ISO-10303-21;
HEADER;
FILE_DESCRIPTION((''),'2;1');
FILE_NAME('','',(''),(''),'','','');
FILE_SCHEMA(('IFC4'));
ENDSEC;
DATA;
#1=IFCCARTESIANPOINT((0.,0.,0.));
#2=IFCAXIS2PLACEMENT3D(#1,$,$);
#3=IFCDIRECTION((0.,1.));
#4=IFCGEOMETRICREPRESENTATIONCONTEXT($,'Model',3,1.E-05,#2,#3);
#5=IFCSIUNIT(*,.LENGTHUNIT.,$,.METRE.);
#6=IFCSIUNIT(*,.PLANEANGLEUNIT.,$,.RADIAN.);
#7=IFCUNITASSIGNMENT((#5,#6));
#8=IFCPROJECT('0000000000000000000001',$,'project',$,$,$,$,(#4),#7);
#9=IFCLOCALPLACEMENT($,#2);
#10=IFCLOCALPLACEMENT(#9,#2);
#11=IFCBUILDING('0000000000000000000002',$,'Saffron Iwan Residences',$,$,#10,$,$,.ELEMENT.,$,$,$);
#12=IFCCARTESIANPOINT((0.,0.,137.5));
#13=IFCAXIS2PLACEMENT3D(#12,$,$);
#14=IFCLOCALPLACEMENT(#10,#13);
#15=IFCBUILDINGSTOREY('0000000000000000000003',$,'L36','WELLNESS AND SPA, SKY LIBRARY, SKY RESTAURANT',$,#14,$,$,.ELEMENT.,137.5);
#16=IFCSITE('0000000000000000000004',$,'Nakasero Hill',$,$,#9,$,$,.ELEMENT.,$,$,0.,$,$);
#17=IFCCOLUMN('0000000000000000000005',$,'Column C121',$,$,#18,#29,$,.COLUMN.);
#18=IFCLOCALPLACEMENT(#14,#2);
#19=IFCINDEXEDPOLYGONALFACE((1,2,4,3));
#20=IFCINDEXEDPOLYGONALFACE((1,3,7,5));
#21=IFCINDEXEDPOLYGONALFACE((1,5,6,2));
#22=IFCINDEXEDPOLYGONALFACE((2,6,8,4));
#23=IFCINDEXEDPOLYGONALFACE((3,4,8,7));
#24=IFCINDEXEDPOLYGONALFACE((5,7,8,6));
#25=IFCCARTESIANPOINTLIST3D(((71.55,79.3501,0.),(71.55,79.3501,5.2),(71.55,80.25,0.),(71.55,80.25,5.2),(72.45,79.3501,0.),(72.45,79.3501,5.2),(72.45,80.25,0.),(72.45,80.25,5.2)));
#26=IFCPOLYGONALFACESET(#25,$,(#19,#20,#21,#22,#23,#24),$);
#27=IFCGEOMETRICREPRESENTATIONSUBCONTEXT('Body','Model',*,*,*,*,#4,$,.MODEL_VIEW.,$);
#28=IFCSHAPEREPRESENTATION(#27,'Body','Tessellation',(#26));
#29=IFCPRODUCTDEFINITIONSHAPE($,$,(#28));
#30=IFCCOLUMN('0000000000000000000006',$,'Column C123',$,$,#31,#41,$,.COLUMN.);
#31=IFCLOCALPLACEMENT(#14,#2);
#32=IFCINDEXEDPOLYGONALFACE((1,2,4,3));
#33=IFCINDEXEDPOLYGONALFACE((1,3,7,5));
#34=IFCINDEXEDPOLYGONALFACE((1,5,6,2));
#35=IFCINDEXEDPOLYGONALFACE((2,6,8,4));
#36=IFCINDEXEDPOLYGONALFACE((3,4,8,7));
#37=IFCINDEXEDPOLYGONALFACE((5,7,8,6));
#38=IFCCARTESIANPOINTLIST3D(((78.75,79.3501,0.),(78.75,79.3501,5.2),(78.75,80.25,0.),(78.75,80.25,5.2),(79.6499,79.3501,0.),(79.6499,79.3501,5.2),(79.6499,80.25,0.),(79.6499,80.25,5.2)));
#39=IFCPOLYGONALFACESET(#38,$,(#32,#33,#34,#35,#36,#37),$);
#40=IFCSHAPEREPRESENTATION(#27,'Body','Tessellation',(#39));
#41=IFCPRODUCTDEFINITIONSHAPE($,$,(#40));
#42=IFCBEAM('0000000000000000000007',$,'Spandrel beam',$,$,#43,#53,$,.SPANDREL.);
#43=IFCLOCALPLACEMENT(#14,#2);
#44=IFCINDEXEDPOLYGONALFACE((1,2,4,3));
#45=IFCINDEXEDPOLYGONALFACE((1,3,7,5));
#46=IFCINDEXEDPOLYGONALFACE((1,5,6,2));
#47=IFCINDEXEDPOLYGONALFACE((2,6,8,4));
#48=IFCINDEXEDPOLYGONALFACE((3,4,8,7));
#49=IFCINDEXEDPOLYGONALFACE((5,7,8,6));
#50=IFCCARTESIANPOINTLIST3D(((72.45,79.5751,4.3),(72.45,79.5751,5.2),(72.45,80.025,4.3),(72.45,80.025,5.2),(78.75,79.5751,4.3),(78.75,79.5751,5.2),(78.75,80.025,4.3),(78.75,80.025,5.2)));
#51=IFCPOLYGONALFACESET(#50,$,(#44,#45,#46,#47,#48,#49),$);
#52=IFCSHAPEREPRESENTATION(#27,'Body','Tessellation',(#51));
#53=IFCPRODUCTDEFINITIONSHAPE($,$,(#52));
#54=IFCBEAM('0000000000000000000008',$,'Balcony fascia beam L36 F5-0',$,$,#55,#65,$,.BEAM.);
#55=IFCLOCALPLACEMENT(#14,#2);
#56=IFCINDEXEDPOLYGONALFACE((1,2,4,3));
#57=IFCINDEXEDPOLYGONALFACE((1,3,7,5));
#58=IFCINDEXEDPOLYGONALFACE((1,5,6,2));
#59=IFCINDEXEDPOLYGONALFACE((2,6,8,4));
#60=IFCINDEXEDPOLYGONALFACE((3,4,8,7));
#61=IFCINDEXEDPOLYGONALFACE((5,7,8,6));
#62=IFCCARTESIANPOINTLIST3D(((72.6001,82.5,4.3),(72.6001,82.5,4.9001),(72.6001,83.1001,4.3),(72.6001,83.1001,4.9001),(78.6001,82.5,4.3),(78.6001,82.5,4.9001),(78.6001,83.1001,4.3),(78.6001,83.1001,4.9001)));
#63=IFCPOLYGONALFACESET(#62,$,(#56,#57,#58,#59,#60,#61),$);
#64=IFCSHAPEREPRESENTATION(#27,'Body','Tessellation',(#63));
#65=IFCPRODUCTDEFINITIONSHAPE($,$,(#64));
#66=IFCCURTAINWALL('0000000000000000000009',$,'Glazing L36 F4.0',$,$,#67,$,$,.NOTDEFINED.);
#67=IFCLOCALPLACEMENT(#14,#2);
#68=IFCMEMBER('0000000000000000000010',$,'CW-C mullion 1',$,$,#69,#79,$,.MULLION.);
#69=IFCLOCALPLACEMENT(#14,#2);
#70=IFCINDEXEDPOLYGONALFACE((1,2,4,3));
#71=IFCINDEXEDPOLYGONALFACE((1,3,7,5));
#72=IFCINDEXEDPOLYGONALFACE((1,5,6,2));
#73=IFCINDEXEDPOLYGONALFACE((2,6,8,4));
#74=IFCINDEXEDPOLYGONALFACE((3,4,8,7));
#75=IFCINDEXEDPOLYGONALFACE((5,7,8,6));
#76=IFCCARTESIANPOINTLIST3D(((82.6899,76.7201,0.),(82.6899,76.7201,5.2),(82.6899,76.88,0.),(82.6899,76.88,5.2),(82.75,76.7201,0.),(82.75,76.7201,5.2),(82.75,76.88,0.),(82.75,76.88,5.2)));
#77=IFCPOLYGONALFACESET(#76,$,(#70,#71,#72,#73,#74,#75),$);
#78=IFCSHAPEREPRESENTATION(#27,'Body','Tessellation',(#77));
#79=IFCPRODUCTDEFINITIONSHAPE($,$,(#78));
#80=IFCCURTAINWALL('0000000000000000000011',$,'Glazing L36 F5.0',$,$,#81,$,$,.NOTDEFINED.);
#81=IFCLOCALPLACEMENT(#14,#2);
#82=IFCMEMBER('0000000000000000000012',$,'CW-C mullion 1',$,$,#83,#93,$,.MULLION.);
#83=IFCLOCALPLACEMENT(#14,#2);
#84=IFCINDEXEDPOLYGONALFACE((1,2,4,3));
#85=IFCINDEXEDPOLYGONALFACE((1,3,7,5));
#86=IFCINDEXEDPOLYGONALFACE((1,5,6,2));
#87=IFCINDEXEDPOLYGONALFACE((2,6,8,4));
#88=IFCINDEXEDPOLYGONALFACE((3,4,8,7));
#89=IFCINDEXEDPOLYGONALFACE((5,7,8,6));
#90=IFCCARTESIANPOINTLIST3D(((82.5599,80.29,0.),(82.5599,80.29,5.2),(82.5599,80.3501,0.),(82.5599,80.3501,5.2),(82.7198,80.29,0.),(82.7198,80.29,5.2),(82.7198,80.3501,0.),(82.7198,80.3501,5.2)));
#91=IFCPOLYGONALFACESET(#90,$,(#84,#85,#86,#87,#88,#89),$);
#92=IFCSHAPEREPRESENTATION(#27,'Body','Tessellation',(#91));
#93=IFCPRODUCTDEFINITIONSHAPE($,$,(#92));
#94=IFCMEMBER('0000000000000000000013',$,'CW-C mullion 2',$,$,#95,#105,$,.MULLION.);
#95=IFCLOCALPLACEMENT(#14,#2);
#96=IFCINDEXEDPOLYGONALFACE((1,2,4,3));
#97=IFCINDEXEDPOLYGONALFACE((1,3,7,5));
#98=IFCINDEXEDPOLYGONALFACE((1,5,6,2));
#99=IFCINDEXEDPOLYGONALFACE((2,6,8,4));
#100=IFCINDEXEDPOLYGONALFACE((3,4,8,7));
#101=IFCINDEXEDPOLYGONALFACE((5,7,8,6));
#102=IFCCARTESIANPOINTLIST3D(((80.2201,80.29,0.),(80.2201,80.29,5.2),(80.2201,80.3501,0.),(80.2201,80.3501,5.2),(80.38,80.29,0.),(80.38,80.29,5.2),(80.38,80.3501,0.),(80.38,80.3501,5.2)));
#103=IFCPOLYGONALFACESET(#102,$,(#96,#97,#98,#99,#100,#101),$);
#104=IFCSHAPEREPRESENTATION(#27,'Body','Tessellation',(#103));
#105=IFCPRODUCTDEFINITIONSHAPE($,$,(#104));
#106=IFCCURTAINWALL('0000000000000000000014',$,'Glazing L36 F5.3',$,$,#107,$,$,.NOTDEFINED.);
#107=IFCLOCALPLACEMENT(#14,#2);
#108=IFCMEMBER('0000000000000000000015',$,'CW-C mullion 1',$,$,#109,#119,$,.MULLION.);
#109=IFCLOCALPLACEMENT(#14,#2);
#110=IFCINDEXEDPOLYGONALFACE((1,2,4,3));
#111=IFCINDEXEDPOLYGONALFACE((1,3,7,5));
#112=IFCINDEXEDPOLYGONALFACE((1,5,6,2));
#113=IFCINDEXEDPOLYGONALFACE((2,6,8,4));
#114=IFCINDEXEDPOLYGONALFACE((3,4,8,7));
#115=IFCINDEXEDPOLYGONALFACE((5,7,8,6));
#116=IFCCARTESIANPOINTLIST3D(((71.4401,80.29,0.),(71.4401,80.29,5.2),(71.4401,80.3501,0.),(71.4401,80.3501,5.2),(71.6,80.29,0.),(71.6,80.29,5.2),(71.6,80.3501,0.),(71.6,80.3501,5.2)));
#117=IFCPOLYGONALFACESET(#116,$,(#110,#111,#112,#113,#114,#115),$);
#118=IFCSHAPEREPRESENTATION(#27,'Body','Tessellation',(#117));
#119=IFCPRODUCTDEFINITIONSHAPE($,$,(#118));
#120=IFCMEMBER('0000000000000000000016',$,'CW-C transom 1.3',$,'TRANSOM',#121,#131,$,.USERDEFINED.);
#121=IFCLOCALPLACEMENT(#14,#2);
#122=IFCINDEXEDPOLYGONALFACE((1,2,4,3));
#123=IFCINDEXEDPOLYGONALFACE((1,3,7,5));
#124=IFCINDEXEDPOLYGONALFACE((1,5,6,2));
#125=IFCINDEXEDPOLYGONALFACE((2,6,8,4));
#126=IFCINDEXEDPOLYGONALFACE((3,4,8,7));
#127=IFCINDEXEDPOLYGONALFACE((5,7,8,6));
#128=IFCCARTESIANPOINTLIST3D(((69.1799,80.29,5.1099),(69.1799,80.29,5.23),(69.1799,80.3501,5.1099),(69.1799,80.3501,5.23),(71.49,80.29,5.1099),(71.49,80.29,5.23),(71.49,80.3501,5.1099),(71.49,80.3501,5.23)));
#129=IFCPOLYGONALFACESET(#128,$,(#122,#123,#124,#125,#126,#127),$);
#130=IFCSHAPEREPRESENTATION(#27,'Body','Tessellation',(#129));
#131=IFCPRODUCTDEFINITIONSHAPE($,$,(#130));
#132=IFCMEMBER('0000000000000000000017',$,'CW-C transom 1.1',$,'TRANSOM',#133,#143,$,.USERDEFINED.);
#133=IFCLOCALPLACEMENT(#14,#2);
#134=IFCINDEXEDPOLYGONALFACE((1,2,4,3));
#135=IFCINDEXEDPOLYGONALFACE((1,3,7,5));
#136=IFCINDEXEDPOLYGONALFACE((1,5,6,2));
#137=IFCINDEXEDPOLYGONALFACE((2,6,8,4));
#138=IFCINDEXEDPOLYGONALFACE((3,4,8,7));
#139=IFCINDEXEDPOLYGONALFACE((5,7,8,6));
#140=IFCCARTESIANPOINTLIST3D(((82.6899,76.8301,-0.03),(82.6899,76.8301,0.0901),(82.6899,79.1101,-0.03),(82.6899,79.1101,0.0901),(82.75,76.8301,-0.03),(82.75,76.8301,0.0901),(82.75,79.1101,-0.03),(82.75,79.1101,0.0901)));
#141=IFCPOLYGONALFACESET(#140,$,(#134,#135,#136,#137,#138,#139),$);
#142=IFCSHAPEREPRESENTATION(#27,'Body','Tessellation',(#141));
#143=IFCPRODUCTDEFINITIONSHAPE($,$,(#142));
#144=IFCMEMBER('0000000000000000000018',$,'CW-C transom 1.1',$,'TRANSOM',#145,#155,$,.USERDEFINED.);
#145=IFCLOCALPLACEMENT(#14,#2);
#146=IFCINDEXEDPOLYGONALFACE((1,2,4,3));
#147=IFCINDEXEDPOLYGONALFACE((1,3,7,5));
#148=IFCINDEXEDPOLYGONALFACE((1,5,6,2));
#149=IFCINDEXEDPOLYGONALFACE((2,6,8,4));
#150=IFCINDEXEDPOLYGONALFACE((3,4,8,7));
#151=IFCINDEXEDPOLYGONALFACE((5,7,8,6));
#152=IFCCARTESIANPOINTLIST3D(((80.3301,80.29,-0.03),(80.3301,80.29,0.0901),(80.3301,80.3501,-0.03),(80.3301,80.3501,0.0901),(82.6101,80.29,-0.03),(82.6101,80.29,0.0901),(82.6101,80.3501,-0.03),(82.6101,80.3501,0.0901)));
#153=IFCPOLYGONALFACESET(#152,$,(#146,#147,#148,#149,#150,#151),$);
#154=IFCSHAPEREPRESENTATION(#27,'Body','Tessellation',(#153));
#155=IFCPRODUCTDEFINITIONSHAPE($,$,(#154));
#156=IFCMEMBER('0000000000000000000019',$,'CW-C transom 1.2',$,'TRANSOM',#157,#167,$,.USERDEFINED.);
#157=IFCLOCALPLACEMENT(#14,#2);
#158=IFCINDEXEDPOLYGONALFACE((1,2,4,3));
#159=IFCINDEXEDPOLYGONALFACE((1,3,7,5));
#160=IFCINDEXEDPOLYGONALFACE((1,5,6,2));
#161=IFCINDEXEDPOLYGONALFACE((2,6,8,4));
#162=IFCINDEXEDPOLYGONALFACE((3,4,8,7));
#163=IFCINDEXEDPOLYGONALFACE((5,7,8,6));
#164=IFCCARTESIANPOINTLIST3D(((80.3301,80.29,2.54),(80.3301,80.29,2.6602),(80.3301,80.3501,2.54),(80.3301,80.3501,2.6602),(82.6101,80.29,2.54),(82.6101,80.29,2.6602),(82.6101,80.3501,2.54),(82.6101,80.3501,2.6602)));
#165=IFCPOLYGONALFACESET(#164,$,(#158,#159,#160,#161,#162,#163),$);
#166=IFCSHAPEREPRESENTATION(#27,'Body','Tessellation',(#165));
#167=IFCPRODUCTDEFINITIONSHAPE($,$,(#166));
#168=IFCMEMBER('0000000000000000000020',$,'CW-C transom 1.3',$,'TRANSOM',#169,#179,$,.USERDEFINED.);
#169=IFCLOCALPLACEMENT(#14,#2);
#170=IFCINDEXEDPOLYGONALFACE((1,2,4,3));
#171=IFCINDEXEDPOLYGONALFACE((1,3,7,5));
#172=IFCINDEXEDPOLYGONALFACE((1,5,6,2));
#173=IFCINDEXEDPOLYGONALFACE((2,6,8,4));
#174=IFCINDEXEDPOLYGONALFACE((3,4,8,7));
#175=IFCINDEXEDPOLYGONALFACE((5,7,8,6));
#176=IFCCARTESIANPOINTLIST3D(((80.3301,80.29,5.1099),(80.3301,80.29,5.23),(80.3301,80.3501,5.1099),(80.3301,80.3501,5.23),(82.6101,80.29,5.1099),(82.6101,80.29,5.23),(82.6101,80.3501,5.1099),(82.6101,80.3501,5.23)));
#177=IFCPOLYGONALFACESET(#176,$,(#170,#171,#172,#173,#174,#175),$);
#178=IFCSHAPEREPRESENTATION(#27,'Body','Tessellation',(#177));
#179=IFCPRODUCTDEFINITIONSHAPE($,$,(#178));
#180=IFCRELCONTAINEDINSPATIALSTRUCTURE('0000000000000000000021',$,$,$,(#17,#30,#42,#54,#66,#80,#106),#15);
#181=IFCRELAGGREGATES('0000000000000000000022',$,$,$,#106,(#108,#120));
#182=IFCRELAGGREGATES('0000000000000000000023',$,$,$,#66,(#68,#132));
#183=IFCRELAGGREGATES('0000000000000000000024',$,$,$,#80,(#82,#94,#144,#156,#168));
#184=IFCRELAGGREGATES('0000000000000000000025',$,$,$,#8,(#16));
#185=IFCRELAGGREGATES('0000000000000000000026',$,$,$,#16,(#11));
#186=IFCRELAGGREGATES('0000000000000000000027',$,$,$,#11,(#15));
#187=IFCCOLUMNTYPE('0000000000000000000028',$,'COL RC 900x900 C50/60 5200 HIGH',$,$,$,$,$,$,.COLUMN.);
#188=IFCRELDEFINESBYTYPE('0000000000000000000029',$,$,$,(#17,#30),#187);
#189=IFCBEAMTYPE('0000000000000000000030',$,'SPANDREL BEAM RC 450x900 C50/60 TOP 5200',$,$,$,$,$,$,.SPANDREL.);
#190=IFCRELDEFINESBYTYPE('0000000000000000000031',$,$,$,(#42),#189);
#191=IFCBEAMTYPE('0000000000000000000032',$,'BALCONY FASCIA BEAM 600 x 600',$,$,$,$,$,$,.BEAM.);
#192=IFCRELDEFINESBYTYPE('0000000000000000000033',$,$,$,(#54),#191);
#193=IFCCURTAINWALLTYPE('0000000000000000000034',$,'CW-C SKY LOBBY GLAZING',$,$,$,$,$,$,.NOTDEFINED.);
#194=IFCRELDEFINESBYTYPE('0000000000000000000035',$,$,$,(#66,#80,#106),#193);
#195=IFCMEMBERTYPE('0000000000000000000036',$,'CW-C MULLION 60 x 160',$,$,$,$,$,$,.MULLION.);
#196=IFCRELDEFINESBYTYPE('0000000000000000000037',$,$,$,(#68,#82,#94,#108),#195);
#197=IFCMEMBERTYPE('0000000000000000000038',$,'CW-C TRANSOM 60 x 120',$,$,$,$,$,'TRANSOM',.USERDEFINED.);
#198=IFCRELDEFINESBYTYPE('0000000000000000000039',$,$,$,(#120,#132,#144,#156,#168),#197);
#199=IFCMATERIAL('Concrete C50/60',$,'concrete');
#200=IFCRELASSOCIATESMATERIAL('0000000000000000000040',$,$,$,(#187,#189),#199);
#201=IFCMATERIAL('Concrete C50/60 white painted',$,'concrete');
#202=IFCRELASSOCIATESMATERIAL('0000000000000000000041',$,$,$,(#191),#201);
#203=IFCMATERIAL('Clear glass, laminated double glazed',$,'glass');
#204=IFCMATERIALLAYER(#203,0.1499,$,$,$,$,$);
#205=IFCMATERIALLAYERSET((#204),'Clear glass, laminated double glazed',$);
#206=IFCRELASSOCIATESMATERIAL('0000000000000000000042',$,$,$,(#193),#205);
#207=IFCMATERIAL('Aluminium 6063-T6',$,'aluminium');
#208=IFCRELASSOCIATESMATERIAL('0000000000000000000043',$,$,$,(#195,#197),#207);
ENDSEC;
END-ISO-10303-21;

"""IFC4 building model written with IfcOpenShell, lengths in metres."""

from ifc_helpers import new_model, si_unit, direction, frame, origin, origin_2d, place, context, subcontext, project, spatial, rectangle, extrude, source, transform, mapped, material, layer, layer_set, material_profile, profile_set, type_object, element, aggregate, save


model = new_model("IFC4")

# Units and contexts
model_context = context("Model", 3, precision=1e-05, world=origin(), true_north=direction((0.0, 1.0)))
body_context = subcontext(model_context, "Body", "Model", "MODEL_VIEW")
ifc_project = project(units=[si_unit("LENGTHUNIT", "METRE"), si_unit("PLANEANGLEUNIT", "RADIAN")], contexts=[model_context])

# Site, building, storey
site_placement = place(None, origin())
site = spatial("IfcSite", under=ifc_project, at=site_placement, Name="Nakasero Hill", CompositionType="ELEMENT", RefElevation=0.0)
building_placement = place(site_placement, origin())
building = spatial("IfcBuilding", under=site, at=building_placement, Name="Saffron Iwan Residences", CompositionType="ELEMENT")
storey_placement = place(building_placement, frame((0.0, 0.0, 137.5)))
storey = spatial("IfcBuildingStorey", under=building, at=storey_placement, Name="L36", Description="WELLNESS AND SPA, SKY LIBRARY, SKY RESTAURANT", CompositionType="ELEMENT", Elevation=137.5)

# Columns
ifc_material_1 = material(Name="Concrete C50/60", Category="concrete")
ifc_material_profile_1 = material_profile(ifc_material_1, rectangle(XDim=0.8999, YDim=0.8999, at=origin_2d()), Name="RC 900x900")
ifc_profile_set_1 = profile_set([ifc_material_profile_1], Name="Concrete C50/60")
column_type = type_object("IfcColumnType", Name="COL RC 900x900 C50/60 5200 HIGH", PredefinedType="COLUMN", material=ifc_profile_set_1)
shared_shape_1 = source(origin(), body_context, "Body", "SweptSolid", [
    extrude(rectangle(XDim=0.8999, YDim=0.8999, at=origin_2d()), origin(), (0.0, 0.0, 1.0), 5.2),
])
for number, where, z_axis, x_axis, name in (
    (1, (72.0, 79.8, 0.0), (0.0, 0.0, 1.0), (1.0, 0.0, 0.0), "Column C121"),
    (2, (79.2, 79.8, 0.0), (0.0, 0.0, 1.0), (1.0, 0.0, 0.0), "Column C123"),
):
    element("IfcColumn", number, at=place(storey_placement, frame(where, z_axis=z_axis, x_axis=x_axis)), inside=storey, type_object=column_type, Name=name, PredefinedType="COLUMN", context=body_context, shape_type="MappedRepresentation", body=[
        mapped(shared_shape_1, transform((0.0, 0.0, 0.0))),
    ])

# Beams
ifc_material_profile_2 = material_profile(ifc_material_1, rectangle(XDim=0.45, YDim=0.8999, at=origin_2d()), Name="RC 450x900")
ifc_profile_set_2 = profile_set([ifc_material_profile_2], Name="Concrete C50/60")
beam_type_1 = type_object("IfcBeamType", Name="SPANDREL BEAM RC 450x900 C50/60 TOP 5200", PredefinedType="SPANDREL", material=ifc_profile_set_2)
shared_shape_2 = source(origin(), body_context, "Body", "SweptSolid", [
    extrude(rectangle(XDim=0.45, YDim=0.8999, at=origin_2d()), origin(), (0.0, 0.0, 1.0), 6.3),
])
beam_1_placement = place(storey_placement, frame((72.45, 79.8, 4.75), z_axis=(1.0, 0.0, 0.0), x_axis=(0.0, 1.0, 0.0)))
element("IfcBeam", 3, at=beam_1_placement, inside=storey, type_object=beam_type_1, Name="Spandrel beam", PredefinedType="SPANDREL", context=body_context, shape_type="MappedRepresentation", body=[
    mapped(shared_shape_2, transform((0.0, 0.0, 0.0))),
])
ifc_material_2 = material(Name="Concrete C50/60 white painted", Category="concrete")
ifc_material_profile_3 = material_profile(ifc_material_2, rectangle(XDim=0.6001, YDim=0.6001, at=origin_2d()), Name="BALCONY FASCIA BEAM 600 x 600")
ifc_profile_set_3 = profile_set([ifc_material_profile_3], Name="Concrete C50/60 white painted")
beam_type_2 = type_object("IfcBeamType", Name="BALCONY FASCIA BEAM 600 x 600", PredefinedType="BEAM", material=ifc_profile_set_3)
shared_shape_3 = source(origin(), body_context, "Body", "SweptSolid", [
    extrude(rectangle(XDim=0.6001, YDim=0.6001, at=origin_2d()), origin(), (0.0, 0.0, 1.0), 6.0),
])
beam_2_placement = place(storey_placement, frame((78.6001, 82.8, 4.6001), z_axis=(-1.0, 0.0, 0.0), x_axis=(0.0, -1.0, 0.0)))
element("IfcBeam", 4, at=beam_2_placement, inside=storey, type_object=beam_type_2, Name="Balcony fascia beam L36 F5-0", PredefinedType="BEAM", context=body_context, shape_type="MappedRepresentation", body=[
    mapped(shared_shape_3, transform((0.0, 0.0, 0.0))),
])

# Curtain wall, member
ifc_material_3 = material(Name="Clear glass, laminated double glazed", Category="glass")
ifc_layer_1 = layer(ifc_material_3, 0.1499)
ifc_layer_set_1 = layer_set([ifc_layer_1], Name="Clear glass, laminated double glazed")
curtain_wall_type = type_object("IfcCurtainWallType", Name="CW-C SKY LOBBY GLAZING", PredefinedType="NOTDEFINED", material=ifc_layer_set_1)
curtain_wall_1_placement = place(storey_placement, origin())
curtain_wall_1 = element("IfcCurtainWall", 5, at=curtain_wall_1_placement, inside=storey, type_object=curtain_wall_type, Name="Glazing L36 F4.0", PredefinedType="NOTDEFINED")
ifc_material_4 = material(Name="Aluminium 6063-T6", Category="aluminium")
ifc_material_profile_4 = material_profile(ifc_material_4, rectangle(XDim=0.0601, YDim=0.1599, at=origin_2d()), Name="CW-C MULLION 60 x 160")
ifc_profile_set_4 = profile_set([ifc_material_profile_4], Name="Aluminium 6063-T6")
member_type_1 = type_object("IfcMemberType", Name="CW-C MULLION 60 x 160", PredefinedType="MULLION", material=ifc_profile_set_4)
shared_shape_4 = source(origin(), body_context, "Body", "SweptSolid", [
    extrude(rectangle(XDim=0.0601, YDim=0.1599, at=origin_2d()), origin(), (0.0, 0.0, 1.0), 5.2),
])
member_1_placement = place(storey_placement, frame((82.72, 76.8, 0.0), z_axis=(0.0, 0.0, 1.0), x_axis=(-1.0, 0.0, 0.0)))
member_1 = element("IfcMember", 6, at=member_1_placement, type_object=member_type_1, Name="CW-C mullion 1", PredefinedType="MULLION", context=body_context, shape_type="MappedRepresentation", body=[
    mapped(shared_shape_4, transform((0.0, 0.0, 0.0))),
])

# Curtain walls, members
curtain_wall_2_placement = place(storey_placement, origin())
curtain_wall_2 = element("IfcCurtainWall", 7, at=curtain_wall_2_placement, inside=storey, type_object=curtain_wall_type, Name="Glazing L36 F5.0", PredefinedType="NOTDEFINED")
member_2_placement = place(storey_placement, frame((82.6399, 80.3201, 0.0), z_axis=(0.0, 0.0, 1.0), x_axis=(0.0, -1.0, 0.0)))
member_2 = element("IfcMember", 8, at=member_2_placement, type_object=member_type_1, Name="CW-C mullion 1", PredefinedType="MULLION", context=body_context, shape_type="MappedRepresentation", body=[
    mapped(shared_shape_4, transform((0.0, 0.0, 0.0))),
])
member_3_placement = place(storey_placement, frame((80.3, 80.3201, 0.0), z_axis=(0.0, 0.0, 1.0), x_axis=(0.0, -1.0, 0.0)))
member_3 = element("IfcMember", 9, at=member_3_placement, type_object=member_type_1, Name="CW-C mullion 2", PredefinedType="MULLION", context=body_context, shape_type="MappedRepresentation", body=[
    mapped(shared_shape_4, transform((0.0, 0.0, 0.0))),
])
curtain_wall_3_placement = place(storey_placement, origin())
curtain_wall_3 = element("IfcCurtainWall", 10, at=curtain_wall_3_placement, inside=storey, type_object=curtain_wall_type, Name="Glazing L36 F5.3", PredefinedType="NOTDEFINED")
member_4_placement = place(storey_placement, frame((71.52, 80.3201, 0.0), z_axis=(0.0, 0.0, 1.0), x_axis=(0.0, -1.0, 0.0)))
member_4 = element("IfcMember", 11, at=member_4_placement, type_object=member_type_1, Name="CW-C mullion 1", PredefinedType="MULLION", context=body_context, shape_type="MappedRepresentation", body=[
    mapped(shared_shape_4, transform((0.0, 0.0, 0.0))),
])
ifc_material_profile_5 = material_profile(ifc_material_4, rectangle(XDim=0.0601, YDim=0.1201, at=origin_2d()), Name="CW-C TRANSOM 60 x 120")
ifc_profile_set_5 = profile_set([ifc_material_profile_5], Name="Aluminium 6063-T6")
member_type_2 = type_object("IfcMemberType", Name="CW-C TRANSOM 60 x 120", ElementType="TRANSOM", PredefinedType="USERDEFINED", material=ifc_profile_set_5)
shared_shape_5 = source(origin(), body_context, "Body", "SweptSolid", [
    extrude(rectangle(XDim=0.0601, YDim=0.1201, at=origin_2d()), origin(), (0.0, 0.0, 1.0), 2.3101),
])
member_5_placement = place(storey_placement, frame((71.49, 80.3201, 5.1699), z_axis=(-1.0, 0.0, 0.0), x_axis=(0.0, -1.0, 0.0)))
member_5 = element("IfcMember", 12, at=member_5_placement, type_object=member_type_2, Name="CW-C transom 1.3", ObjectType="TRANSOM", PredefinedType="USERDEFINED", context=body_context, shape_type="MappedRepresentation", body=[
    mapped(shared_shape_5, transform((0.0, 0.0, 0.0))),
])
aggregate(curtain_wall_3, [member_4, member_5])

# Members
shared_shape_6 = source(origin(), body_context, "Body", "SweptSolid", [
    extrude(rectangle(XDim=0.0601, YDim=0.1201, at=origin_2d()), origin(), (0.0, 0.0, 1.0), 2.28),
])
member_6_placement = place(storey_placement, frame((82.72, 76.8301, 0.03), z_axis=(0.0, 1.0, 0.0), x_axis=(-1.0, 0.0, 0.0)))
member_6 = element("IfcMember", 13, at=member_6_placement, type_object=member_type_2, Name="CW-C transom 1.1", ObjectType="TRANSOM", PredefinedType="USERDEFINED", context=body_context, shape_type="MappedRepresentation", body=[
    mapped(shared_shape_6, transform((0.0, 0.0, 0.0))),
])
aggregate(curtain_wall_1, [member_1, member_6])
member_7_placement = place(storey_placement, frame((82.6101, 80.3201, 0.03), z_axis=(-1.0, 0.0, 0.0), x_axis=(0.0, -1.0, 0.0)))
member_7 = element("IfcMember", 14, at=member_7_placement, type_object=member_type_2, Name="CW-C transom 1.1", ObjectType="TRANSOM", PredefinedType="USERDEFINED", context=body_context, shape_type="MappedRepresentation", body=[
    mapped(shared_shape_6, transform((0.0, 0.0, 0.0))),
])
member_8_placement = place(storey_placement, frame((82.6101, 80.3201, 2.6001), z_axis=(-1.0, 0.0, 0.0), x_axis=(0.0, -1.0, 0.0)))
member_8 = element("IfcMember", 15, at=member_8_placement, type_object=member_type_2, Name="CW-C transom 1.2", ObjectType="TRANSOM", PredefinedType="USERDEFINED", context=body_context, shape_type="MappedRepresentation", body=[
    mapped(shared_shape_6, transform((0.0, 0.0, 0.0))),
])
member_9_placement = place(storey_placement, frame((82.6101, 80.3201, 5.1699), z_axis=(-1.0, 0.0, 0.0), x_axis=(0.0, -1.0, 0.0)))
member_9 = element("IfcMember", 16, at=member_9_placement, type_object=member_type_2, Name="CW-C transom 1.3", ObjectType="TRANSOM", PredefinedType="USERDEFINED", context=body_context, shape_type="MappedRepresentation", body=[
    mapped(shared_shape_6, transform((0.0, 0.0, 0.0))),
])

aggregate(curtain_wall_2, [member_2, member_3, member_7, member_8, member_9])

save(model, "model.ifc")
